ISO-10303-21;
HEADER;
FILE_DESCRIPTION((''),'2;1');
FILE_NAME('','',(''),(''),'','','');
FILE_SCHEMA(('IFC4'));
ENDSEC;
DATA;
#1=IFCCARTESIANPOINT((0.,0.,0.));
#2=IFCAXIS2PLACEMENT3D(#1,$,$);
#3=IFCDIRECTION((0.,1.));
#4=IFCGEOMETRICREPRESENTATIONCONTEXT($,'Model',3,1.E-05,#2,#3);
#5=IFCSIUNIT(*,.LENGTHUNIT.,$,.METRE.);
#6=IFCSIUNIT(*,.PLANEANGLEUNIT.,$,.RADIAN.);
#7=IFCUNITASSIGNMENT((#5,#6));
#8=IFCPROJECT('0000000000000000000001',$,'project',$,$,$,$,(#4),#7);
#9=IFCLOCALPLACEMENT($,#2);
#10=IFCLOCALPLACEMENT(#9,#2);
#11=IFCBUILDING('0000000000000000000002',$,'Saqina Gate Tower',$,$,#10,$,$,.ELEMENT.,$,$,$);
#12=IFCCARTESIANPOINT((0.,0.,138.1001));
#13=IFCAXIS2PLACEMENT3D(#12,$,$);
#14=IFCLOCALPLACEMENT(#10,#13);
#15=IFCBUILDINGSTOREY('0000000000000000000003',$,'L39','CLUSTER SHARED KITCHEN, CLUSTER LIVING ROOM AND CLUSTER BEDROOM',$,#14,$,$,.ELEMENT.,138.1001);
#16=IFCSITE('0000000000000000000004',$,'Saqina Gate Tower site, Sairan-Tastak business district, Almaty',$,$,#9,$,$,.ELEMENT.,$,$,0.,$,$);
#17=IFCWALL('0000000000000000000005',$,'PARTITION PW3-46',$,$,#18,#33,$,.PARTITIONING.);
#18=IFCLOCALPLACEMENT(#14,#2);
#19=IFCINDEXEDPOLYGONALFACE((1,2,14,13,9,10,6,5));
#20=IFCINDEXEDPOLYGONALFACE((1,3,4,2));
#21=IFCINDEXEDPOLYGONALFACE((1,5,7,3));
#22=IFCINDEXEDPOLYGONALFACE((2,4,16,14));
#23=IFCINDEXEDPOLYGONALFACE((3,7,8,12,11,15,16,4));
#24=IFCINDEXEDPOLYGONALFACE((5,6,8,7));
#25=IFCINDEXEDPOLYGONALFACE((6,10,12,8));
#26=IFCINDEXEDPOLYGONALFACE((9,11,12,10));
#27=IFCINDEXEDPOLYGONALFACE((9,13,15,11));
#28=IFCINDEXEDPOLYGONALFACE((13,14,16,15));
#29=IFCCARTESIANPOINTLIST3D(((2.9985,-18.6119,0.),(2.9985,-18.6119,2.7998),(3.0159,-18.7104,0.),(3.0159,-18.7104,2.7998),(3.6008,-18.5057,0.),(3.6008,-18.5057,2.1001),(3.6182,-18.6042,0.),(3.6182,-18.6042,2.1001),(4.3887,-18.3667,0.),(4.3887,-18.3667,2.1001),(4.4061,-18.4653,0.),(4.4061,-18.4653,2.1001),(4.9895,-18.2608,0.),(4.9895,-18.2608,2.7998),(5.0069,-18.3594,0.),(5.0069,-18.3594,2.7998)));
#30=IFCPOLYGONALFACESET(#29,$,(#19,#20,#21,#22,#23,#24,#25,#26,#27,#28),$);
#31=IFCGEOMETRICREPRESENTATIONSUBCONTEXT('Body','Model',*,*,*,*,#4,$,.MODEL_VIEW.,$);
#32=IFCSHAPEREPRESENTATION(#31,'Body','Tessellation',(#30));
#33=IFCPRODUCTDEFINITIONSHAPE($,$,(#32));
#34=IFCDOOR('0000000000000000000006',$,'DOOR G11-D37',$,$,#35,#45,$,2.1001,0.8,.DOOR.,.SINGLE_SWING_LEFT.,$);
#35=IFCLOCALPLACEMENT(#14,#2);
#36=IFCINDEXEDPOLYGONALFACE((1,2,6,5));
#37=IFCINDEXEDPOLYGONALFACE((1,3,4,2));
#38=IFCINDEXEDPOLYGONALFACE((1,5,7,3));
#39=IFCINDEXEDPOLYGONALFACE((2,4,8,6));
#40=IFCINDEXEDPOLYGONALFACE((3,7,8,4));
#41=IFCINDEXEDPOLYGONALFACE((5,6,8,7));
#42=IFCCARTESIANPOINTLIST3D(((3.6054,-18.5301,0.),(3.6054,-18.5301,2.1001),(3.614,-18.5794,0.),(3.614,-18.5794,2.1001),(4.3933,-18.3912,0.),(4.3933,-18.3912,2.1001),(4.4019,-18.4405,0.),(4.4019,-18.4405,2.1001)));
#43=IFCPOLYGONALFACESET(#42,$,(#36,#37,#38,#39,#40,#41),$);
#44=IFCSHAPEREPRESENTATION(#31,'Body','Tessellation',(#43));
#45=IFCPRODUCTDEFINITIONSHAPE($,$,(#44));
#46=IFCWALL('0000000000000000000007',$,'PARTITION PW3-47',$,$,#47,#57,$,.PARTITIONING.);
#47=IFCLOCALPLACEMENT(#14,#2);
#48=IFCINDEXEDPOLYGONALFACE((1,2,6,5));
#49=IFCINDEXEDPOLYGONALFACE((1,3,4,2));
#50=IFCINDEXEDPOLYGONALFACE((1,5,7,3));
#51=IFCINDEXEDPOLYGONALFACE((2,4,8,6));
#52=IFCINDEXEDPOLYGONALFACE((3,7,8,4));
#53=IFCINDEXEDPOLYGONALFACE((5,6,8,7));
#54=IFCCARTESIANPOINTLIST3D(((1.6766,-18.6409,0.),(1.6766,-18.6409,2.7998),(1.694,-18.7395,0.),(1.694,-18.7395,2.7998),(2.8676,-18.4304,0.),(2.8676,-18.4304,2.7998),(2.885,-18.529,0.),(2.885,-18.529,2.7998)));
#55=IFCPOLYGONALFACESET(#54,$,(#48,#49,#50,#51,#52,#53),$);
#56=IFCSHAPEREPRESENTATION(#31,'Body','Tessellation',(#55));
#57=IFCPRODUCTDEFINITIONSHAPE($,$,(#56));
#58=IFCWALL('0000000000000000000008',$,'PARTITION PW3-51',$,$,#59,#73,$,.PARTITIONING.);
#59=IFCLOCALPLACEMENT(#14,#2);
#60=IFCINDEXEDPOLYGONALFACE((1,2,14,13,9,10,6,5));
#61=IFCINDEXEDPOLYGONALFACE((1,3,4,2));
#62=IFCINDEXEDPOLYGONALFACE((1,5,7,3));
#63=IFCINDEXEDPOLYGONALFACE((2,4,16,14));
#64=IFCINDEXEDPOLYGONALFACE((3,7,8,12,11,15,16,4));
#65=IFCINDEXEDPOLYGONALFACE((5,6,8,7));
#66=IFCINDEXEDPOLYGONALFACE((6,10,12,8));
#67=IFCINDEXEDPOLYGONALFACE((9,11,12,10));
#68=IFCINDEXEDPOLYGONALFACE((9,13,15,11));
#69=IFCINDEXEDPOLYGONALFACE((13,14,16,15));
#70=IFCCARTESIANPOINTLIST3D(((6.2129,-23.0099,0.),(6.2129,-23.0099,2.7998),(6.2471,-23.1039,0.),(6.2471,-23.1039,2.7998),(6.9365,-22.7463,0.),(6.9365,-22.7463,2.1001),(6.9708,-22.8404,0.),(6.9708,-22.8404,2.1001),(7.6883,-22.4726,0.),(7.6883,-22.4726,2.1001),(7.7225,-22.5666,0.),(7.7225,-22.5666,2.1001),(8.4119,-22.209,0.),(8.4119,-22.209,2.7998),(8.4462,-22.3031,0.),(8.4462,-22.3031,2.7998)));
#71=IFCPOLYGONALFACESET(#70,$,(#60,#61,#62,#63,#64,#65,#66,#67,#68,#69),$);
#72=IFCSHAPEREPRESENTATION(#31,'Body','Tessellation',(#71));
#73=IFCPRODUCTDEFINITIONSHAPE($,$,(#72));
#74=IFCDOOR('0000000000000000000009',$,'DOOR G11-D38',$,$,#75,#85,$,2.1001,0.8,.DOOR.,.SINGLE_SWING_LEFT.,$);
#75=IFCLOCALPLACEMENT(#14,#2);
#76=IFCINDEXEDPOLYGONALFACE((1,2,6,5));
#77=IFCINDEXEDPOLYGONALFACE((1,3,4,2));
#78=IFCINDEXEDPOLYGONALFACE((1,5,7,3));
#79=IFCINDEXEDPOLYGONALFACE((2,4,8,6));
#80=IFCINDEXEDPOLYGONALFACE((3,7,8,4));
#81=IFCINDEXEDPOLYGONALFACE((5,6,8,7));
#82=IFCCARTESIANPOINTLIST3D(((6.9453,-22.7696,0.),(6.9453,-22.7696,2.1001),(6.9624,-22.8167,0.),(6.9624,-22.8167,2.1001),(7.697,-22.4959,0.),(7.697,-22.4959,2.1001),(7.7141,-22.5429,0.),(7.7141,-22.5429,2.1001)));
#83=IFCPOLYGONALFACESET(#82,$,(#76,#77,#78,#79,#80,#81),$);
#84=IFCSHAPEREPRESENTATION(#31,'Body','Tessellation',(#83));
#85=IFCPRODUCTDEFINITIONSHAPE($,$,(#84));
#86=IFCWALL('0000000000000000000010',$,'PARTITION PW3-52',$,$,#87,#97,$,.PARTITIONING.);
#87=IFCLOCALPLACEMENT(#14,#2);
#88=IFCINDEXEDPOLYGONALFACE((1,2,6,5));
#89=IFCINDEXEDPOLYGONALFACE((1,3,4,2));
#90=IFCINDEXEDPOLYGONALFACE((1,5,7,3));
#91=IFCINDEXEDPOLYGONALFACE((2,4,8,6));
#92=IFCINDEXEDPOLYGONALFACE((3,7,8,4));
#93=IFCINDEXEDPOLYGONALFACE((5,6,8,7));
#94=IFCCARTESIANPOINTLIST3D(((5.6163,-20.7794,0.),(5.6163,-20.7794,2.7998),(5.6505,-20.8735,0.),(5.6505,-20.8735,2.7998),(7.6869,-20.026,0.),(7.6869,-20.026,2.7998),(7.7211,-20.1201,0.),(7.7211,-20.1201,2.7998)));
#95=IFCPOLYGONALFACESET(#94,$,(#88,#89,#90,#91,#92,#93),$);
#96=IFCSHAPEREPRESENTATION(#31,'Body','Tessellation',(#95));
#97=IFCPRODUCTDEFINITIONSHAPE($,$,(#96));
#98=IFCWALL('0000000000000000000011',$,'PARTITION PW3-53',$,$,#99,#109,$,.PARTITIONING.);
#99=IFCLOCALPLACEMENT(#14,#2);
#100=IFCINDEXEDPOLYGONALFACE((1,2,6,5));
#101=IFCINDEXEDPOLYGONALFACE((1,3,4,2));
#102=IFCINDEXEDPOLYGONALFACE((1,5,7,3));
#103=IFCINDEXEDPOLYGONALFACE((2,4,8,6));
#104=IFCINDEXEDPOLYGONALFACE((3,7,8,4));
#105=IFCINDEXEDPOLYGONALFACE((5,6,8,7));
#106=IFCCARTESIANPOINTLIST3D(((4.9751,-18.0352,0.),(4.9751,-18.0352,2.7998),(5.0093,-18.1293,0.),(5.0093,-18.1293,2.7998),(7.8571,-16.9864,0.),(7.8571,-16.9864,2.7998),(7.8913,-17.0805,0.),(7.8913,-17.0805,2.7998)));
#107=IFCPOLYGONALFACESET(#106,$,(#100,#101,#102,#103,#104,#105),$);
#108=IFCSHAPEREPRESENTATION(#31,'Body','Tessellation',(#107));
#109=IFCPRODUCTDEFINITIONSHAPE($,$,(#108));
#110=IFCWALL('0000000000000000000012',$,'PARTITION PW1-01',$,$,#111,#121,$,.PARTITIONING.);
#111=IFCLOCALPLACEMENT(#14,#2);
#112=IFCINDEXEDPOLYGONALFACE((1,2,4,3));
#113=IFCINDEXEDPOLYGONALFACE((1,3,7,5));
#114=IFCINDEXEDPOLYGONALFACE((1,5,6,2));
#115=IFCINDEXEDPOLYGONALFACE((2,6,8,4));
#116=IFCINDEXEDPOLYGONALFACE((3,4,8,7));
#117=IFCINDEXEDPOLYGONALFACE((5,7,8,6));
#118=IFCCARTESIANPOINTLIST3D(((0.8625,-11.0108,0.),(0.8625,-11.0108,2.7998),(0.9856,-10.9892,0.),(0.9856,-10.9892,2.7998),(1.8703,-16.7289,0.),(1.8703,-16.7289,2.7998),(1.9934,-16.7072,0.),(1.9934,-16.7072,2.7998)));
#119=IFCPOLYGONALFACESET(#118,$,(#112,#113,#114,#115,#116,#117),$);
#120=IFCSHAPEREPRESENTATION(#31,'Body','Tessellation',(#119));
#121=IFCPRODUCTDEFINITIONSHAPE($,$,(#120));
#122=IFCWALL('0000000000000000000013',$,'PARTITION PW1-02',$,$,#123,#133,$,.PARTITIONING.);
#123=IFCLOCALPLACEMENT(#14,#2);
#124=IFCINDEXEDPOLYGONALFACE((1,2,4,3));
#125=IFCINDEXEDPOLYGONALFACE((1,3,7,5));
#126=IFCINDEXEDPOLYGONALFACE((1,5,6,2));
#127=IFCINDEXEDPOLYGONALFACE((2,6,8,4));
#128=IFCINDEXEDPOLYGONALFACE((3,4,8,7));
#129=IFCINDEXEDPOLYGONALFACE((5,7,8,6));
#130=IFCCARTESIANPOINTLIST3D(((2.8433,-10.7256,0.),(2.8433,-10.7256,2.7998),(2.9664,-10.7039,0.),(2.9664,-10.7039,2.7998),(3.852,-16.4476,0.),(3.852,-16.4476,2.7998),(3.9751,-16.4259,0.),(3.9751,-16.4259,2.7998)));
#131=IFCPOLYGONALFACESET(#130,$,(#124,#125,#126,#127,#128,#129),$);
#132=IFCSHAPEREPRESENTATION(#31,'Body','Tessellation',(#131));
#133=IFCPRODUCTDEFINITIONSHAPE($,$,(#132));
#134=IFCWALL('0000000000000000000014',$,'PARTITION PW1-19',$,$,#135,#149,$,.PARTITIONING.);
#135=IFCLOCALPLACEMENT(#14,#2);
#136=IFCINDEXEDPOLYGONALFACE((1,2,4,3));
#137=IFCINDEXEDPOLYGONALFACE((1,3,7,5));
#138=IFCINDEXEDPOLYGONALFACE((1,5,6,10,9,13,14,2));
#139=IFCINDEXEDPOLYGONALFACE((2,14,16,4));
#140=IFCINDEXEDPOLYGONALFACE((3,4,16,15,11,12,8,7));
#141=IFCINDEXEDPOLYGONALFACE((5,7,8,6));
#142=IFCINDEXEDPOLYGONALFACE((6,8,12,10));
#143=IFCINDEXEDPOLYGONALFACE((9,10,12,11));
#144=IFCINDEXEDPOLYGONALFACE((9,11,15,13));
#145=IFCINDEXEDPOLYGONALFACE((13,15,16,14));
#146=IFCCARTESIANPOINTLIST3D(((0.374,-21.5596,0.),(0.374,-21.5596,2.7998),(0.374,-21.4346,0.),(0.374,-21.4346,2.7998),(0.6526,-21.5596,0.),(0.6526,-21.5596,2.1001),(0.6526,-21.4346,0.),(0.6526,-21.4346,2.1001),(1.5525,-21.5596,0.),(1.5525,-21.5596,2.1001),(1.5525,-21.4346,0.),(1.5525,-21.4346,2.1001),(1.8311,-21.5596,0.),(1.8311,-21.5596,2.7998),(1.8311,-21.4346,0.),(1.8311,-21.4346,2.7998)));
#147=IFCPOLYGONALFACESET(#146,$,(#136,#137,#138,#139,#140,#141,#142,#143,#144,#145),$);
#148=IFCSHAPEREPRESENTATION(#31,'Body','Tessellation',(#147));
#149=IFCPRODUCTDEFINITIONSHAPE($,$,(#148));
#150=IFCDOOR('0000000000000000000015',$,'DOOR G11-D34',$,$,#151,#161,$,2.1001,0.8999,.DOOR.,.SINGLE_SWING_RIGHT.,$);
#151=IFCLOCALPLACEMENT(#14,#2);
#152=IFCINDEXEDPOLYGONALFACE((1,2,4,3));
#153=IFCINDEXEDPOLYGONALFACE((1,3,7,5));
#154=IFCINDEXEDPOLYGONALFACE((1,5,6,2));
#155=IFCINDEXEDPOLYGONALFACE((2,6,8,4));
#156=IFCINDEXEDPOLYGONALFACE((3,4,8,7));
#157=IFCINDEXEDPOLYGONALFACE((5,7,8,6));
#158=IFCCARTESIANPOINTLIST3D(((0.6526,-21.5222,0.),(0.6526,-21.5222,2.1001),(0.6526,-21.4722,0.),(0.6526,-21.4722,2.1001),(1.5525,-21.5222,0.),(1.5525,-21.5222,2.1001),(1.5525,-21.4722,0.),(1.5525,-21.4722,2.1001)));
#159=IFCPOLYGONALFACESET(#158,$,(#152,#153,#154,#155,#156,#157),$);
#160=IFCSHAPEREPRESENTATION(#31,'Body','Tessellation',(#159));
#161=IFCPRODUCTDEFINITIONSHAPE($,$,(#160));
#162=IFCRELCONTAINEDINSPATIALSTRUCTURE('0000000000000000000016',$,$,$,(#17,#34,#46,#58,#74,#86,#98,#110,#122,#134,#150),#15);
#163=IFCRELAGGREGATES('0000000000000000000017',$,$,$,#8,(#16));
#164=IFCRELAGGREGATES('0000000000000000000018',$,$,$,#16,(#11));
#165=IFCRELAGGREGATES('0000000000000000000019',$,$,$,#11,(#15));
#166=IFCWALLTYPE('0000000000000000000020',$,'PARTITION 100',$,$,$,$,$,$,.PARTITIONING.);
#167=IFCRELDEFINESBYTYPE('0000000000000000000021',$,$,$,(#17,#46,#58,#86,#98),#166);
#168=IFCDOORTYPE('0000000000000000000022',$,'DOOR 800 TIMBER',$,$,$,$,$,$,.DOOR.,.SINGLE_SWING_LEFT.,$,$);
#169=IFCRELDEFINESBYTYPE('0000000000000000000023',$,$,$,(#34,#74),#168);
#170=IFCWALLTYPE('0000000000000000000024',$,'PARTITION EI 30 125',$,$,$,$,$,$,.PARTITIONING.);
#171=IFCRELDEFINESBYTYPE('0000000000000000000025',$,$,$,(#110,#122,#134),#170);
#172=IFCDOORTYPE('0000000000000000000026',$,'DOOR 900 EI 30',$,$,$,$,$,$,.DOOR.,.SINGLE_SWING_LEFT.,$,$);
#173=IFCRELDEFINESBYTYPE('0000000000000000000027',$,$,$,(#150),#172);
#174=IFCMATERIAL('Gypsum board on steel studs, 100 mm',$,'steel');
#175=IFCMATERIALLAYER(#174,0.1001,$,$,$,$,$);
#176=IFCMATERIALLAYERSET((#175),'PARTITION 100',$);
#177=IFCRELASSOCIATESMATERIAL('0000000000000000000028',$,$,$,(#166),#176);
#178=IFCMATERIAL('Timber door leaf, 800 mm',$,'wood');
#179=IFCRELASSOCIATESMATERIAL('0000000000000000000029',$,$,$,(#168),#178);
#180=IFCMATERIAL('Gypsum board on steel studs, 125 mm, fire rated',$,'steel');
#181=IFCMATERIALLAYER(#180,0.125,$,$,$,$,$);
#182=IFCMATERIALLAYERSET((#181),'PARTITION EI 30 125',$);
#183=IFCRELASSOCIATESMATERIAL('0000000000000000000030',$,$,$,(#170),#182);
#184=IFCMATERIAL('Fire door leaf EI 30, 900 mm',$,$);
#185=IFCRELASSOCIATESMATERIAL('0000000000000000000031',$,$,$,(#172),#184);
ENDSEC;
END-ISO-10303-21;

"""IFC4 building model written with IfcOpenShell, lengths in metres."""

from ifc_helpers import new_model, si_unit, direction, frame, frame_2d, origin, place, context, subcontext, project, spatial, rectangle, extrude, material, layer, layer_set, type_object, element, fill, save


model = new_model("IFC4")

# Units and contexts
model_context = context("Model", 3, precision=1e-05, world=origin(), true_north=direction((0.0, 1.0)))
body_context = subcontext(model_context, "Body", "Model", "MODEL_VIEW")
ifc_project = project(units=[si_unit("LENGTHUNIT", "METRE"), si_unit("PLANEANGLEUNIT", "RADIAN")], contexts=[model_context])

# Site, building, storey
site_placement = place(None, origin())
site = spatial("IfcSite", under=ifc_project, at=site_placement, Name="Saqina Gate Tower site, Sairan-Tastak business district, Almaty", CompositionType="ELEMENT", RefElevation=0.0)
building_placement = place(site_placement, origin())
building = spatial("IfcBuilding", under=site, at=building_placement, Name="Saqina Gate Tower", CompositionType="ELEMENT")
storey_placement = place(building_placement, frame((0.0, 0.0, 138.1001)))
storey = spatial("IfcBuildingStorey", under=building, at=storey_placement, Name="L39", Description="CLUSTER SHARED KITCHEN, CLUSTER LIVING ROOM AND CLUSTER BEDROOM", CompositionType="ELEMENT", Elevation=138.1001)

# Shared definitions
ifc_material_1 = material(Name="Gypsum board on steel studs, 100 mm", Category="steel")
ifc_layer_1 = layer(ifc_material_1, 0.1001)
ifc_layer_set_1 = layer_set([ifc_layer_1], Name="PARTITION 100")
wall_type_1 = type_object("IfcWallType", Name="PARTITION 100", PredefinedType="PARTITIONING", material=ifc_layer_set_1)

# Shared definitions
ifc_material_2 = material(Name="Timber door leaf, 800 mm", Category="wood")
door_type_1 = type_object("IfcDoorType", Name="DOOR 800 TIMBER", OperationType="SINGLE_SWING_LEFT", PredefinedType="DOOR", material=ifc_material_2)

# Wall, opening, door
wall_1_placement = place(storey_placement, frame((3.0073, -18.6611, 0.0), z_axis=(0.0, 0.0, 1.0), x_axis=(0.984807, 0.173654, 0.0)))
wall_1 = element("IfcWall", 1, at=wall_1_placement, inside=storey, type_object=wall_type_1, Name="PARTITION PW3-46", PredefinedType="PARTITIONING", context=body_context, shape_type="SweptSolid", body=[
    extrude(rectangle(XDim=2.0217, YDim=0.1001, at=frame_2d((1.0107, 0.0))), origin(), (0.0, 0.0, 1.0), 2.7998),
])
opening_1_placement = place(wall_1_placement, frame((0.6116, 0.0, 0.0)))
opening_1 = element("IfcOpeningElement", 2, at=opening_1_placement, cuts=wall_1, PredefinedType="OPENING", context=body_context, shape_type="SweptSolid", body=[
    extrude(rectangle(XDim=0.8, YDim=2.1001, at=frame_2d((0.3999, 1.05))), frame((0.0, 0.062, 0.0), z_axis=(0.0, -1.0, 0.0), x_axis=(1.0, 0.0, 0.0)), (0.0, 0.0, 1.0), 0.124),
])
door_1_placement = place(opening_1_placement, frame((0.8, 0.0, 0.0), z_axis=(0.0, 0.0, 1.0), x_axis=(-1.0, 0.0, 0.0)))
door_1 = element("IfcDoor", 3, at=door_1_placement, inside=storey, type_object=door_type_1, Name="DOOR G11-D37", OperationType="SINGLE_SWING_LEFT", OverallHeight=2.1001, OverallWidth=0.8, PredefinedType="DOOR", context=body_context, shape_type="SweptSolid", body=[
    extrude(rectangle(XDim=0.8, YDim=2.1001, at=frame_2d((0.3999, 1.05))), frame((0.0, 0.0249, 0.0), z_axis=(0.0, -1.0, 0.0), x_axis=(1.0, 0.0, 0.0)), (0.0, 0.0, 1.0), 0.05),
])
fill(opening_1, door_1)

# Wall
wall_2_placement = place(storey_placement, frame((1.6853, -18.6902, 0.0), z_axis=(0.0, 0.0, 1.0), x_axis=(0.984743, 0.174016, 0.0)))
element("IfcWall", 4, at=wall_2_placement, inside=storey, type_object=wall_type_1, Name="PARTITION PW3-47", PredefinedType="PARTITIONING", context=body_context, shape_type="SweptSolid", body=[
    extrude(rectangle(XDim=1.2095, YDim=0.1001, at=frame_2d((0.6047, 0.0))), origin(), (0.0, 0.0, 1.0), 2.7998),
])

# Wall, opening, door
wall_3_placement = place(storey_placement, frame((6.23, -23.0569, 0.0), z_axis=(0.0, 0.0, 1.0), x_axis=(0.939635, 0.342179, 0.0)))
wall_3 = element("IfcWall", 5, at=wall_3_placement, inside=storey, type_object=wall_type_1, Name="PARTITION PW3-51", PredefinedType="PARTITIONING", context=body_context, shape_type="SweptSolid", body=[
    extrude(rectangle(XDim=2.3403, YDim=0.1001, at=frame_2d((1.1702, 0.0))), origin(), (0.0, 0.0, 1.0), 2.7998),
])
opening_2_placement = place(wall_3_placement, frame((0.7703, 0.0, 0.0)))
opening_2 = element("IfcOpeningElement", 6, at=opening_2_placement, cuts=wall_3, PredefinedType="OPENING", context=body_context, shape_type="SweptSolid", body=[
    extrude(rectangle(XDim=0.8, YDim=2.1001, at=frame_2d((0.3999, 1.05))), frame((0.0, 0.062, 0.0), z_axis=(0.0, -1.0, 0.0), x_axis=(1.0, 0.0, 0.0)), (0.0, 0.0, 1.0), 0.124),
])
door_2_placement = place(opening_2_placement, frame((0.8, 0.0, 0.0), z_axis=(0.0, 0.0, 1.0), x_axis=(-1.0, 0.0, 0.0)))
door_2 = element("IfcDoor", 7, at=door_2_placement, inside=storey, type_object=door_type_1, Name="DOOR G11-D38", OperationType="SINGLE_SWING_LEFT", OverallHeight=2.1001, OverallWidth=0.8, PredefinedType="DOOR", context=body_context, shape_type="SweptSolid", body=[
    extrude(rectangle(XDim=0.8, YDim=2.1001, at=frame_2d((0.3999, 1.05))), frame((0.0, 0.0249, 0.0), z_axis=(0.0, -1.0, 0.0), x_axis=(1.0, 0.0, 0.0)), (0.0, 0.0, 1.0), 0.05),
])
fill(opening_2, door_2)

# Walls
wall_4_placement = place(storey_placement, frame((5.6335, -20.8264, 0.0), z_axis=(0.0, 0.0, 1.0), x_axis=(0.939722, 0.341939, 0.0)))
element("IfcWall", 8, at=wall_4_placement, inside=storey, type_object=wall_type_1, Name="PARTITION PW3-52", PredefinedType="PARTITIONING", context=body_context, shape_type="SweptSolid", body=[
    extrude(rectangle(XDim=2.2034, YDim=0.1001, at=frame_2d((1.1016, 0.0))), origin(), (0.0, 0.0, 1.0), 2.7998),
])
wall_5_placement = place(storey_placement, frame((4.9922, -18.0823, 0.0), z_axis=(0.0, 0.0, 1.0), x_axis=(0.93971, 0.341973, 0.0)))
element("IfcWall", 9, at=wall_5_placement, inside=storey, type_object=wall_type_1, Name="PARTITION PW3-53", PredefinedType="PARTITIONING", context=body_context, shape_type="SweptSolid", body=[
    extrude(rectangle(XDim=3.0669, YDim=0.1001, at=frame_2d((1.5334, 0.0))), origin(), (0.0, 0.0, 1.0), 2.7998),
])
ifc_material_3 = material(Name="Gypsum board on steel studs, 125 mm, fire rated", Category="steel")
ifc_layer_2 = layer(ifc_material_3, 0.125)
ifc_layer_set_2 = layer_set([ifc_layer_2], Name="PARTITION EI 30 125")
wall_type_2 = type_object("IfcWallType", Name="PARTITION EI 30 125", PredefinedType="PARTITIONING", material=ifc_layer_set_2)
wall_6_placement = place(storey_placement, frame((0.9241, -11.0, 0.0), z_axis=(0.0, 0.0, 1.0), x_axis=(0.173577, -0.98482, 0.0)))
element("IfcWall", 10, at=wall_6_placement, inside=storey, type_object=wall_type_2, Name="PARTITION PW1-01", PredefinedType="PARTITIONING", context=body_context, shape_type="SweptSolid", body=[
    extrude(rectangle(XDim=5.8062, YDim=0.125, at=frame_2d((2.9031, 0.0))), origin(), (0.0, 0.0, 1.0), 2.7998),
])
wall_7_placement = place(storey_placement, frame((2.9048, -10.7146, 0.0), z_axis=(0.0, 0.0, 1.0), x_axis=(0.173618, -0.984813, 0.0)))
element("IfcWall", 11, at=wall_7_placement, inside=storey, type_object=wall_type_2, Name="PARTITION PW1-02", PredefinedType="PARTITIONING", context=body_context, shape_type="SweptSolid", body=[
    extrude(rectangle(XDim=5.8103, YDim=0.125, at=frame_2d((2.9053, 0.0))), origin(), (0.0, 0.0, 1.0), 2.7998),
])

# Wall, opening, door
wall_8_placement = place(storey_placement, frame((0.374, -21.4971, 0.0), z_axis=(0.0, 0.0, 1.0), x_axis=(1.0, 0.0, 0.0)))
wall_8 = element("IfcWall", 12, at=wall_8_placement, inside=storey, type_object=wall_type_2, Name="PARTITION PW1-19", PredefinedType="PARTITIONING", context=body_context, shape_type="SweptSolid", body=[
    extrude(rectangle(XDim=1.457, YDim=0.125, at=frame_2d((0.7285, 0.0))), origin(), (0.0, 0.0, 1.0), 2.7998),
])
opening_3_placement = place(wall_8_placement, frame((0.2786, 0.0, 0.0)))
opening_3 = element("IfcOpeningElement", 13, at=opening_3_placement, cuts=wall_8, PredefinedType="OPENING", context=body_context, shape_type="SweptSolid", body=[
    extrude(rectangle(XDim=0.8999, YDim=2.1001, at=frame_2d((0.45, 1.05))), frame((0.0, 0.0745, 0.0), z_axis=(0.0, -1.0, 0.0), x_axis=(1.0, 0.0, 0.0)), (0.0, 0.0, 1.0), 0.1489),
])
ifc_material_4 = material(Name="Fire door leaf EI 30, 900 mm")
door_type_2 = type_object("IfcDoorType", Name="DOOR 900 EI 30", OperationType="SINGLE_SWING_LEFT", PredefinedType="DOOR", material=ifc_material_4)
door_3_placement = place(opening_3_placement, origin())
door_3 = element("IfcDoor", 14, at=door_3_placement, inside=storey, type_object=door_type_2, Name="DOOR G11-D34", OperationType="SINGLE_SWING_RIGHT", OverallHeight=2.1001, OverallWidth=0.8999, PredefinedType="DOOR", context=body_context, shape_type="SweptSolid", body=[
    extrude(rectangle(XDim=0.8999, YDim=2.1001, at=frame_2d((0.45, 1.05))), frame((0.0, 0.0249, 0.0), z_axis=(0.0, -1.0, 0.0), x_axis=(1.0, 0.0, 0.0)), (0.0, 0.0, 1.0), 0.05),
])
fill(opening_3, door_3)

save(model, "model.ifc")
